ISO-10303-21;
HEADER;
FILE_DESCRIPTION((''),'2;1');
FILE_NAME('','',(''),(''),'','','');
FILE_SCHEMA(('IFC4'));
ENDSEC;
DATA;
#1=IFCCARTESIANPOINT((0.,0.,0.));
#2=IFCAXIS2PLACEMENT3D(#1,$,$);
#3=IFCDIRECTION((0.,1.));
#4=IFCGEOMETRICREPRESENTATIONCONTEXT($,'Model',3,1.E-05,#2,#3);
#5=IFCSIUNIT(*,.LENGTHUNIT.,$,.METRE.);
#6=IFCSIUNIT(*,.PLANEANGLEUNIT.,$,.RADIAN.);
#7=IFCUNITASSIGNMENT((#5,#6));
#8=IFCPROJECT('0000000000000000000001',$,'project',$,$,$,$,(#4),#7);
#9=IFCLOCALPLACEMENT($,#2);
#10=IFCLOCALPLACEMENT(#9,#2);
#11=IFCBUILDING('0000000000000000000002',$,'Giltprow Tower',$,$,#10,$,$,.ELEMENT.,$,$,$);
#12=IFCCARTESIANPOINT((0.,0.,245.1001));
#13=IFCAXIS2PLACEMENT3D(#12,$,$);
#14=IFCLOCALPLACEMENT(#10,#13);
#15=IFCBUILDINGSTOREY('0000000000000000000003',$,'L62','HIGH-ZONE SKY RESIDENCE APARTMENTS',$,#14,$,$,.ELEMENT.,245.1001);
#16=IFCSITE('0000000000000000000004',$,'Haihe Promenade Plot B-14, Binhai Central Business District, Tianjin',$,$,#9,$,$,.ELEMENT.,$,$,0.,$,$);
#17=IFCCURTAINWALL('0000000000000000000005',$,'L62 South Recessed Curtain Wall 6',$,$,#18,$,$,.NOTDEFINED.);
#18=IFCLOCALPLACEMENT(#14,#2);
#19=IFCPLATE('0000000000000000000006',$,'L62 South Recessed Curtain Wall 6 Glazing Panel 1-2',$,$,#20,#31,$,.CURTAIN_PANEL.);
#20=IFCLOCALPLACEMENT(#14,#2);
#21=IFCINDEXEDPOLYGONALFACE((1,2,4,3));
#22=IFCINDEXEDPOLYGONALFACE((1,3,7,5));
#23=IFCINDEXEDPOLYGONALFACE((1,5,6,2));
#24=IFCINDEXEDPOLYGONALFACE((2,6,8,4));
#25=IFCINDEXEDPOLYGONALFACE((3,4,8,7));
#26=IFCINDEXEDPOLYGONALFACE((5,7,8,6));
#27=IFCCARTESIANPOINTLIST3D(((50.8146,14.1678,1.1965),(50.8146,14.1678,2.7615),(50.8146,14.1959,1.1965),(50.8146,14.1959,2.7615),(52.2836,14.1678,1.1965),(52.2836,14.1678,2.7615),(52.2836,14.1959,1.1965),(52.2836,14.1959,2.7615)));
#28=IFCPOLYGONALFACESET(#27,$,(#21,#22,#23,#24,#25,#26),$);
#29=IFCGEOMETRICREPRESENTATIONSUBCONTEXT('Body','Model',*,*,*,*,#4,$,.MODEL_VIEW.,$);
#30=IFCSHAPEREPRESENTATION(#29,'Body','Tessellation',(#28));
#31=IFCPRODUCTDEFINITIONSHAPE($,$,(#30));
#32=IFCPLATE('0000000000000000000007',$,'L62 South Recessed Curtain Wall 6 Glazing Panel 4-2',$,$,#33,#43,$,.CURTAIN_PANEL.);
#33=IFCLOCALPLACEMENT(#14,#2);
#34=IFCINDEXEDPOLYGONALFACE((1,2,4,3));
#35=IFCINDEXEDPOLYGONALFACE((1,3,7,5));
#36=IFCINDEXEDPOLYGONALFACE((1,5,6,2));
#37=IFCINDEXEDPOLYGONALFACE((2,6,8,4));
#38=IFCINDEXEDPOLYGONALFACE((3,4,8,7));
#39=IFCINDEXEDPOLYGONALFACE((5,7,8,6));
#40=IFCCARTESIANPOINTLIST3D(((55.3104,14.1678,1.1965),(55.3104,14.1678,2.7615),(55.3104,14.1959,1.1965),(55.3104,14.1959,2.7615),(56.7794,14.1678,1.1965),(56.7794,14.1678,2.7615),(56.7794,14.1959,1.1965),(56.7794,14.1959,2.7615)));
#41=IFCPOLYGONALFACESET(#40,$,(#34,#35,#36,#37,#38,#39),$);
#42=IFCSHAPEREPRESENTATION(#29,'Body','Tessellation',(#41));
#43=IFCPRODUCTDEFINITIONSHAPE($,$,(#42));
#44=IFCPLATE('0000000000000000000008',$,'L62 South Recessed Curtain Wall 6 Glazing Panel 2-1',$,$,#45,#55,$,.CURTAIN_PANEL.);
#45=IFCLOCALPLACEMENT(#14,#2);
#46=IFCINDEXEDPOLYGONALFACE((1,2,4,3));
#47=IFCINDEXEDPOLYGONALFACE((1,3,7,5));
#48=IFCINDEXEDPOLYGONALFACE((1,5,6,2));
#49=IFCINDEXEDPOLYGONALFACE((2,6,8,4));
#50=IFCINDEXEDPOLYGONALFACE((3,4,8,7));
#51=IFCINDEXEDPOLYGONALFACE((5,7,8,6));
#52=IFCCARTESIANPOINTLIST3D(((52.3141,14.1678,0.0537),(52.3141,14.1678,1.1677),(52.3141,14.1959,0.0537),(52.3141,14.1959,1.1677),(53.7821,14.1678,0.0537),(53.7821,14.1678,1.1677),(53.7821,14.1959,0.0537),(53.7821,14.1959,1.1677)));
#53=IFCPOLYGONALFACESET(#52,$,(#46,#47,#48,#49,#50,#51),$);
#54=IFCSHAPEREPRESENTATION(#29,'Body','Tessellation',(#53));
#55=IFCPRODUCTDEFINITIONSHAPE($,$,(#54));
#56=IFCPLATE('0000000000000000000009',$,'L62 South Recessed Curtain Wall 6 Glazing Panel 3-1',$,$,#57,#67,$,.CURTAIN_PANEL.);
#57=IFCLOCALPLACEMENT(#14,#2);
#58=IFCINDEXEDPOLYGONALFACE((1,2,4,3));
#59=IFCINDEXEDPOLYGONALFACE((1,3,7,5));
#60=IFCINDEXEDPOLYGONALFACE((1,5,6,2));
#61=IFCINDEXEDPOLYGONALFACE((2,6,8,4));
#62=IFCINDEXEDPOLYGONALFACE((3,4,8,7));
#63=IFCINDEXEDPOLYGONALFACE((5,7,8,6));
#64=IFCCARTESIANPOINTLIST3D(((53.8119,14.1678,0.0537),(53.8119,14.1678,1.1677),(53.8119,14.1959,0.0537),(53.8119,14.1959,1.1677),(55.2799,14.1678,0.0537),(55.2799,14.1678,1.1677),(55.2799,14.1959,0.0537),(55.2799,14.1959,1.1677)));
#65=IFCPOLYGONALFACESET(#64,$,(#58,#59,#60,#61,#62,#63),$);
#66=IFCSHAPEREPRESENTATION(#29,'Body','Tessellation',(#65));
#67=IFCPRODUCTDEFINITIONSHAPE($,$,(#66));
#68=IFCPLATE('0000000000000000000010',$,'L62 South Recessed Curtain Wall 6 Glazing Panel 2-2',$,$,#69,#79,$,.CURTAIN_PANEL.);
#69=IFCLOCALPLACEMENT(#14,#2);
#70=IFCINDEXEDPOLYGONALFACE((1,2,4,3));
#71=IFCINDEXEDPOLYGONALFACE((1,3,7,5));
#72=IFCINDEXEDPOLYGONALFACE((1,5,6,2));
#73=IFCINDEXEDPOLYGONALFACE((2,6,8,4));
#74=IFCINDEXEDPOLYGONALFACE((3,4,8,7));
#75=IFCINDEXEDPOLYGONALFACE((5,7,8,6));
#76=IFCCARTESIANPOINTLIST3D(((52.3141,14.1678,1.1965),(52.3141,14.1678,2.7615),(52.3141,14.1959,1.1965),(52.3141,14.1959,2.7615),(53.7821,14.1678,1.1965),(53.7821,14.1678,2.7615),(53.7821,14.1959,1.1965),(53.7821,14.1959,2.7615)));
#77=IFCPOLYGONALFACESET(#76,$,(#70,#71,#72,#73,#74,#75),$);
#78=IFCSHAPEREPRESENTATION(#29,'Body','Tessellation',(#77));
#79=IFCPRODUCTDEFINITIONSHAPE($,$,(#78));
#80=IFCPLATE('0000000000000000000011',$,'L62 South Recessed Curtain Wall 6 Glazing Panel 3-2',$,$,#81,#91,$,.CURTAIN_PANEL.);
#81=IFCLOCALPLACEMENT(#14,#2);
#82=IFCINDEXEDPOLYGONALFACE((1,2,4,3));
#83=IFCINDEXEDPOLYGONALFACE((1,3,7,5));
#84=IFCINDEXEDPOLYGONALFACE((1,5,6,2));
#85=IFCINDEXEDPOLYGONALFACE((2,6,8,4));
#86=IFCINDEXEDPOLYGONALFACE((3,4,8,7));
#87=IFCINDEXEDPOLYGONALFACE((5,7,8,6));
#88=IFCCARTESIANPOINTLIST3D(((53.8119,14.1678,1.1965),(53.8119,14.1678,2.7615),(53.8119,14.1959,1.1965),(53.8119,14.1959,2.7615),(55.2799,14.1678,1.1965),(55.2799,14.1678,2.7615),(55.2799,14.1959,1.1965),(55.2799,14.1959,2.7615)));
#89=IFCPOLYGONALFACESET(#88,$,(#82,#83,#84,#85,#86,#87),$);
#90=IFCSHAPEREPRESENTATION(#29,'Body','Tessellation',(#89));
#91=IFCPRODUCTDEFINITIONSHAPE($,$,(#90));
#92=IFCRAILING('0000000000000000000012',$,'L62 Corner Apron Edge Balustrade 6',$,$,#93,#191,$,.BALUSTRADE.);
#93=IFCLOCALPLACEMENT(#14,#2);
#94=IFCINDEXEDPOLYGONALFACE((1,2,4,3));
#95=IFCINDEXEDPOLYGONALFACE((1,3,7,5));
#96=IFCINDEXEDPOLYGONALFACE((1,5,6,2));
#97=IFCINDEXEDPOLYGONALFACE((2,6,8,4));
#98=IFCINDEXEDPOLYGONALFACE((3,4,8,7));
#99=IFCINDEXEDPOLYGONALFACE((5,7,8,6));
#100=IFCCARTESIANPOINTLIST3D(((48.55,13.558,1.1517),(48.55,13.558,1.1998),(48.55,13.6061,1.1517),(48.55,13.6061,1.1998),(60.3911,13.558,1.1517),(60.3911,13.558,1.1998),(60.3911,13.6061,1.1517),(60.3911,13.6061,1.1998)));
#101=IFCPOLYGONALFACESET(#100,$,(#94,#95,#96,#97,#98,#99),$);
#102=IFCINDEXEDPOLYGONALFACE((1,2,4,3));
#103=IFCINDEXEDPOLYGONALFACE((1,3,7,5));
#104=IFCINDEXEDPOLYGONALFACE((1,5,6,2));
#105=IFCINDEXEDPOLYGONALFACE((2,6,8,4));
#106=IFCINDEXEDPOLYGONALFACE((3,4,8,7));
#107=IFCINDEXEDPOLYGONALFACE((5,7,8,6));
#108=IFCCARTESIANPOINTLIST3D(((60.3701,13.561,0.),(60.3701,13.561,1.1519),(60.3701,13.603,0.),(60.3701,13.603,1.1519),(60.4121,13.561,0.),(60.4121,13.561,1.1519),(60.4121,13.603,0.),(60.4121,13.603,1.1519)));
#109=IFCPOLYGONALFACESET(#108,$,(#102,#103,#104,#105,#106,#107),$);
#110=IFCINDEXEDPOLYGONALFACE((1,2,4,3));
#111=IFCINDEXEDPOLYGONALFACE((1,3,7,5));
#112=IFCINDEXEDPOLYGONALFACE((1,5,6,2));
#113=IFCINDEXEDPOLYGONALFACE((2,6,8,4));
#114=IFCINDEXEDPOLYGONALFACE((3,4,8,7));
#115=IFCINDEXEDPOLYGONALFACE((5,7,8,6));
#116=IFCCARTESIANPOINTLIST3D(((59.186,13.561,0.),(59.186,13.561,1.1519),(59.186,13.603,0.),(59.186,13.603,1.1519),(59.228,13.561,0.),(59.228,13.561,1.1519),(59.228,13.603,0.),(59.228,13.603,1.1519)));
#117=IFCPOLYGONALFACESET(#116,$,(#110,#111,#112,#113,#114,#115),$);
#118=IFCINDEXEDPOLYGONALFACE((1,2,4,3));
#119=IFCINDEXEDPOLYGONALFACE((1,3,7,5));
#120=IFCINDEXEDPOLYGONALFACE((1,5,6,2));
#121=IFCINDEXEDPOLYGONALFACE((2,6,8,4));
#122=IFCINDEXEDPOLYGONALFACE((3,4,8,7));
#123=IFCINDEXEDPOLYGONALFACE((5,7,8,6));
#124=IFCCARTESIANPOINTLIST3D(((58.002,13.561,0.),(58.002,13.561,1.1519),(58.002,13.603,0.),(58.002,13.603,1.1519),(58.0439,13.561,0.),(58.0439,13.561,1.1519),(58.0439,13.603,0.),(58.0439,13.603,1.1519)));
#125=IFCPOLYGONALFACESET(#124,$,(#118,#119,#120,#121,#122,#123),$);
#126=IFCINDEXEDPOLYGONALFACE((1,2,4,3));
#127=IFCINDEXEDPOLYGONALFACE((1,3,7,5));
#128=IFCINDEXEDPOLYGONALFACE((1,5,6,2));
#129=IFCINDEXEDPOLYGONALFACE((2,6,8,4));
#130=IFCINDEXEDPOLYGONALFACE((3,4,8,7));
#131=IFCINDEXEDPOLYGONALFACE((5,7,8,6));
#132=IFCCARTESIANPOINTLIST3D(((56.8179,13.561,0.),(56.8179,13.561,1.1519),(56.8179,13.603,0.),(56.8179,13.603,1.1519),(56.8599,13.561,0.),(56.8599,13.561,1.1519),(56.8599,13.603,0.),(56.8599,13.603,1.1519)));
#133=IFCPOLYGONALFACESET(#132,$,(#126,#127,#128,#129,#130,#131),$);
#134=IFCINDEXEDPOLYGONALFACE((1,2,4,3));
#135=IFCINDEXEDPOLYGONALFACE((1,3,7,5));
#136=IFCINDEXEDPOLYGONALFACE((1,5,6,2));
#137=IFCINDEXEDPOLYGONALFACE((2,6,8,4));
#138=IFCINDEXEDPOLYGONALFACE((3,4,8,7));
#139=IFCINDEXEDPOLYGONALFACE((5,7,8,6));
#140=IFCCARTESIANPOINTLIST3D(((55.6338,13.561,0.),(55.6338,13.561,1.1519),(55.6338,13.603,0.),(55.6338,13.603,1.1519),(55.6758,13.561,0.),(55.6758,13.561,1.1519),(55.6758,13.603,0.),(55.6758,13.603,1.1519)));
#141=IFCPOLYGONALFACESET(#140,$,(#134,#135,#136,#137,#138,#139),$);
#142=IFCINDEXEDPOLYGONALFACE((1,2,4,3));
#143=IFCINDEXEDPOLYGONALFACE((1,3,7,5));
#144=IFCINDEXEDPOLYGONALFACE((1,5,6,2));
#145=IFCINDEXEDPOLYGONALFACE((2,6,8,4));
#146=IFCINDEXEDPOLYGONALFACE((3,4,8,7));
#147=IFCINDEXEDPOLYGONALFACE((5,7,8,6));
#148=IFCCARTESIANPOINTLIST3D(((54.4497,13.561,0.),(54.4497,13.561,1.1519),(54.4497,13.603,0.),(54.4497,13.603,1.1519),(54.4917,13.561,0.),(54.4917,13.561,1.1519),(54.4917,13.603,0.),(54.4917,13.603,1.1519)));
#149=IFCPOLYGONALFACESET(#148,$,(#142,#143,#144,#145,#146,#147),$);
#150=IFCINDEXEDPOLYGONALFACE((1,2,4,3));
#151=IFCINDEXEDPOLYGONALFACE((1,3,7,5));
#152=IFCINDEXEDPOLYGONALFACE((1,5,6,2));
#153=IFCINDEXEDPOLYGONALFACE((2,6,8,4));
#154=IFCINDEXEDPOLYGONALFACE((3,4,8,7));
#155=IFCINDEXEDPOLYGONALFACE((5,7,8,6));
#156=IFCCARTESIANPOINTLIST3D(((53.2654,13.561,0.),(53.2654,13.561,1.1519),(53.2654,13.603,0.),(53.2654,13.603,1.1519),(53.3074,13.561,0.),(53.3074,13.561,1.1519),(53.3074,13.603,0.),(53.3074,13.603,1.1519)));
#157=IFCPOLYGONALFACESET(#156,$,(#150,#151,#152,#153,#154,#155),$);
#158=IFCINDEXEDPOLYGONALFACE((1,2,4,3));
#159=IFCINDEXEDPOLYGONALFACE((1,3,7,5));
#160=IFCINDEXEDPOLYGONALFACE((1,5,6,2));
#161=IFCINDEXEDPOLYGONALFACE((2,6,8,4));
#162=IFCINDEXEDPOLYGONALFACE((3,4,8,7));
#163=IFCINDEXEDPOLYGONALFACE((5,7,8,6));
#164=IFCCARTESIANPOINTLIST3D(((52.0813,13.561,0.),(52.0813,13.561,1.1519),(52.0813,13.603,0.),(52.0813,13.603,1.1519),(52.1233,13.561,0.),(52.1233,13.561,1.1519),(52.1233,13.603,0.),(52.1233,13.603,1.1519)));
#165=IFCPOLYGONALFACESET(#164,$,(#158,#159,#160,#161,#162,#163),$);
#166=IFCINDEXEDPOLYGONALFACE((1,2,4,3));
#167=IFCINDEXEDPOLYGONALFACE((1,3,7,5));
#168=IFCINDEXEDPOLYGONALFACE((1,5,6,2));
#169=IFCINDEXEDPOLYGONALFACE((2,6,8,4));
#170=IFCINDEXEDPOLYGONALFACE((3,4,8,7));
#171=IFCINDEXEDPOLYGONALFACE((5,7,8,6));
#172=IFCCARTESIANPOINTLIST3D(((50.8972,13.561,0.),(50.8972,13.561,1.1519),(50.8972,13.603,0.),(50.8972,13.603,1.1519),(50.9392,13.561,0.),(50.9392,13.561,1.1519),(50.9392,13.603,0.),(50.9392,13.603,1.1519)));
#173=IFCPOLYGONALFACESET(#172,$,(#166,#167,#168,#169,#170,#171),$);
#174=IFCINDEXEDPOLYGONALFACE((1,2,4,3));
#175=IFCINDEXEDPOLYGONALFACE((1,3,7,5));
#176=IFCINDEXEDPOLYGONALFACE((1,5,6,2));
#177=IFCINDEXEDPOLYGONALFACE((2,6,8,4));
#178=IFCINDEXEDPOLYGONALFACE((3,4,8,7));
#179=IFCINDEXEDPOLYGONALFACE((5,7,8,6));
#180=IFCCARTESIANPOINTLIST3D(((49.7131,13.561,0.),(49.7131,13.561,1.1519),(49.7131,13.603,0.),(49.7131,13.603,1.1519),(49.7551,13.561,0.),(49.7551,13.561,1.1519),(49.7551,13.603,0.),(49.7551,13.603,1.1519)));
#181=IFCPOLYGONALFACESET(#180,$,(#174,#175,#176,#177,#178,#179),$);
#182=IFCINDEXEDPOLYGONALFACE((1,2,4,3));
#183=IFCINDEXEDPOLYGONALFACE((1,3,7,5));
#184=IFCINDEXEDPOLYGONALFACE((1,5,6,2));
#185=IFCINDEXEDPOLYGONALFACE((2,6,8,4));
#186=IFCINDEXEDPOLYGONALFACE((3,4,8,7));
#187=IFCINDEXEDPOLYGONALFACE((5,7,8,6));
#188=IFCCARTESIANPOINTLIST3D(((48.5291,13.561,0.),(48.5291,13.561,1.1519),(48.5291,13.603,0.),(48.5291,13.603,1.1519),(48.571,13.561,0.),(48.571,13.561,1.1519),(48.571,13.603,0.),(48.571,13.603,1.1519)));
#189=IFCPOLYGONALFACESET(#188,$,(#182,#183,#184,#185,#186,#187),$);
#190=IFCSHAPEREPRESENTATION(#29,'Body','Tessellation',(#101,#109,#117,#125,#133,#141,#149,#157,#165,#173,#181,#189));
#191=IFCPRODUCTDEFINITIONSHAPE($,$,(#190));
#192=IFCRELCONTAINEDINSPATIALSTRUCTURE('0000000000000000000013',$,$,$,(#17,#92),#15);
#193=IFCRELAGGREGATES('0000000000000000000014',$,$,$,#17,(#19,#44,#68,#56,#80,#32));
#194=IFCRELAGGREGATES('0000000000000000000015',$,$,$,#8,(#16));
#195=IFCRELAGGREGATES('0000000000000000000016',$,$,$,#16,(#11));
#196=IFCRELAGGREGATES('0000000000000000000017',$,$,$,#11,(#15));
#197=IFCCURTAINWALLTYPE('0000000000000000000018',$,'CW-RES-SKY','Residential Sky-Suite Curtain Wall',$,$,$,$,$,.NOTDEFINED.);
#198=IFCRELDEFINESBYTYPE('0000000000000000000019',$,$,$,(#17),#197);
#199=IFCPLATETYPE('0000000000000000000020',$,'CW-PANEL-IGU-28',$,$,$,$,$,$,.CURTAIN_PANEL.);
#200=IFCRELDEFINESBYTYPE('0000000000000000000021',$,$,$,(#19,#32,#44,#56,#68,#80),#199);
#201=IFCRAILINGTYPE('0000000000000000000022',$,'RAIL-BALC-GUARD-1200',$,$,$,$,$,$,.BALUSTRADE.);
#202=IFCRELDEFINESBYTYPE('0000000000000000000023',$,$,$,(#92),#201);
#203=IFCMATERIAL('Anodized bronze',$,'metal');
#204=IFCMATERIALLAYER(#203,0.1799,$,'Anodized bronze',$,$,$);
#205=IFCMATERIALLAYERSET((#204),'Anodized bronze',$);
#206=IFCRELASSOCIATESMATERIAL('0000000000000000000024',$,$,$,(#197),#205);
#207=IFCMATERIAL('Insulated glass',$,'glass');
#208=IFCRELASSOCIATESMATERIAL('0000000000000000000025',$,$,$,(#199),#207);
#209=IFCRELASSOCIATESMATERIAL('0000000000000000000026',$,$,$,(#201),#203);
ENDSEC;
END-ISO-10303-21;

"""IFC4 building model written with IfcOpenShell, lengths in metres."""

from ifc_helpers import new_model, si_unit, direction, frame, origin, origin_2d, place, context, subcontext, project, spatial, rectangle, extrude, source, transform, mapped, material, layer, layer_set, type_object, element, aggregate, save


model = new_model("IFC4")

# Units and contexts
model_context = context("Model", 3, precision=1e-05, world=origin(), true_north=direction((0.0, 1.0)))
body_context = subcontext(model_context, "Body", "Model", "MODEL_VIEW")
ifc_project = project(units=[si_unit("LENGTHUNIT", "METRE"), si_unit("PLANEANGLEUNIT", "RADIAN")], contexts=[model_context])

# Site, building, storey
site_placement = place(None, origin())
site = spatial("IfcSite", under=ifc_project, at=site_placement, Name="Haihe Promenade Plot B-14, Binhai Central Business District, Tianjin", CompositionType="ELEMENT", RefElevation=0.0)
building_placement = place(site_placement, origin())
building = spatial("IfcBuilding", under=site, at=building_placement, Name="Giltprow Tower", CompositionType="ELEMENT")
storey_placement = place(building_placement, frame((0.0, 0.0, 245.1001)))
storey = spatial("IfcBuildingStorey", under=building, at=storey_placement, Name="L62", Description="HIGH-ZONE SKY RESIDENCE APARTMENTS", CompositionType="ELEMENT", Elevation=245.1001)

# Curtain wall, plates
ifc_material_1 = material(Name="Anodized bronze", Category="metal")
ifc_layer = layer(ifc_material_1, 0.1799, Name="Anodized bronze")
ifc_layer_set = layer_set([ifc_layer], Name="Anodized bronze")
curtain_wall_type = type_object("IfcCurtainWallType", Name="CW-RES-SKY", Description="Residential Sky-Suite Curtain Wall", PredefinedType="NOTDEFINED", material=ifc_layer_set)
curtain_wall_placement = place(storey_placement, origin())
curtain_wall = element("IfcCurtainWall", 1, at=curtain_wall_placement, inside=storey, type_object=curtain_wall_type, Name="L62 South Recessed Curtain Wall 6", PredefinedType="NOTDEFINED")
ifc_material_2 = material(Name="Insulated glass", Category="glass")
plate_type = type_object("IfcPlateType", Name="CW-PANEL-IGU-28", PredefinedType="CURTAIN_PANEL", material=ifc_material_2)
shared_shape_1 = source(origin(), body_context, "Body", "SweptSolid", [
    extrude(rectangle(XDim=1.469, YDim=0.0281, at=origin_2d()), origin(), (0.0, 0.0, 1.0), 1.5649),
])
plate_1_placement = place(storey_placement, frame((51.5491, 14.1819, 1.1965), z_axis=(0.0, 0.0, 1.0), x_axis=(1.0, 0.0, 0.0)))
plate_1 = element("IfcPlate", 2, at=plate_1_placement, type_object=plate_type, Name="L62 South Recessed Curtain Wall 6 Glazing Panel 1-2", PredefinedType="CURTAIN_PANEL", context=body_context, shape_type="MappedRepresentation", body=[
    mapped(shared_shape_1, transform((0.0, 0.0, 0.0), x_axis=(1.0, 0.0, 0.0), y_axis=(0.0, 1.0, 0.0), z_axis=(0.0, 0.0, 1.0), scale=1.0)),
])
plate_2_placement = place(storey_placement, frame((56.0449, 14.1819, 1.1965), z_axis=(0.0, 0.0, 1.0), x_axis=(1.0, 0.0, 0.0)))
plate_2 = element("IfcPlate", 3, at=plate_2_placement, type_object=plate_type, Name="L62 South Recessed Curtain Wall 6 Glazing Panel 4-2", PredefinedType="CURTAIN_PANEL", context=body_context, shape_type="MappedRepresentation", body=[
    mapped(shared_shape_1, transform((0.0, 0.0, 0.0), x_axis=(1.0, 0.0, 0.0), y_axis=(0.0, 1.0, 0.0), z_axis=(0.0, 0.0, 1.0), scale=1.0)),
])
shared_shape_2 = source(origin(), body_context, "Body", "SweptSolid", [
    extrude(rectangle(XDim=1.468, YDim=0.0281, at=origin_2d()), origin(), (0.0, 0.0, 1.0), 1.114),
])
plate_3_placement = place(storey_placement, frame((53.0481, 14.1819, 0.0537), z_axis=(0.0, 0.0, 1.0), x_axis=(1.0, 0.0, 0.0)))
plate_3 = element("IfcPlate", 4, at=plate_3_placement, type_object=plate_type, Name="L62 South Recessed Curtain Wall 6 Glazing Panel 2-1", PredefinedType="CURTAIN_PANEL", context=body_context, shape_type="MappedRepresentation", body=[
    mapped(shared_shape_2, transform((0.0, 0.0, 0.0), x_axis=(1.0, 0.0, 0.0), y_axis=(0.0, 1.0, 0.0), z_axis=(0.0, 0.0, 1.0), scale=1.0)),
])
plate_4_placement = place(storey_placement, frame((54.5459, 14.1819, 0.0537), z_axis=(0.0, 0.0, 1.0), x_axis=(1.0, 0.0, 0.0)))
plate_4 = element("IfcPlate", 5, at=plate_4_placement, type_object=plate_type, Name="L62 South Recessed Curtain Wall 6 Glazing Panel 3-1", PredefinedType="CURTAIN_PANEL", context=body_context, shape_type="MappedRepresentation", body=[
    mapped(shared_shape_2, transform((0.0, 0.0, 0.0), x_axis=(1.0, 0.0, 0.0), y_axis=(0.0, 1.0, 0.0), z_axis=(0.0, 0.0, 1.0), scale=1.0)),
])
shared_shape_3 = source(origin(), body_context, "Body", "SweptSolid", [
    extrude(rectangle(XDim=1.468, YDim=0.0281, at=origin_2d()), origin(), (0.0, 0.0, 1.0), 1.5649),
])
plate_5_placement = place(storey_placement, frame((53.0481, 14.1819, 1.1965), z_axis=(0.0, 0.0, 1.0), x_axis=(1.0, 0.0, 0.0)))
plate_5 = element("IfcPlate", 6, at=plate_5_placement, type_object=plate_type, Name="L62 South Recessed Curtain Wall 6 Glazing Panel 2-2", PredefinedType="CURTAIN_PANEL", context=body_context, shape_type="MappedRepresentation", body=[
    mapped(shared_shape_3, transform((0.0, 0.0, 0.0), x_axis=(1.0, 0.0, 0.0), y_axis=(0.0, 1.0, 0.0), z_axis=(0.0, 0.0, 1.0), scale=1.0)),
])
plate_6_placement = place(storey_placement, frame((54.5459, 14.1819, 1.1965), z_axis=(0.0, 0.0, 1.0), x_axis=(1.0, 0.0, 0.0)))
plate_6 = element("IfcPlate", 7, at=plate_6_placement, type_object=plate_type, Name="L62 South Recessed Curtain Wall 6 Glazing Panel 3-2", PredefinedType="CURTAIN_PANEL", context=body_context, shape_type="MappedRepresentation", body=[
    mapped(shared_shape_3, transform((0.0, 0.0, 0.0), x_axis=(1.0, 0.0, 0.0), y_axis=(0.0, 1.0, 0.0), z_axis=(0.0, 0.0, 1.0), scale=1.0)),
])
aggregate(curtain_wall, [plate_1, plate_3, plate_5, plate_4, plate_6, plate_2])

# Railing
railing_type = type_object("IfcRailingType", Name="RAIL-BALC-GUARD-1200", PredefinedType="BALUSTRADE", material=ifc_material_1)
railing_placement = place(storey_placement, frame((60.3911, 13.582, 0.0)))
element("IfcRailing", 8, at=railing_placement, inside=storey, type_object=railing_type, Name="L62 Corner Apron Edge Balustrade 6", PredefinedType="BALUSTRADE", context=body_context, shape_type="SweptSolid", body=[
    extrude(rectangle(XDim=0.0481, YDim=0.0481, at=origin_2d()), frame((0.0, 0.0, 1.1758), z_axis=(-1.0, 0.0, 0.0), x_axis=(0.0, -1.0, 0.0)), (0.0, 0.0, 1.0), 11.8411),
    extrude(rectangle(XDim=0.042, YDim=0.042, at=origin_2d()), origin(), (0.0, 0.0, 1.0), 1.1519),
    extrude(rectangle(XDim=0.042, YDim=0.042, at=origin_2d()), frame((-1.1841, 0.0, 0.0)), (0.0, 0.0, 1.0), 1.1519),
    extrude(rectangle(XDim=0.042, YDim=0.042, at=origin_2d()), frame((-2.3682, 0.0, 0.0)), (0.0, 0.0, 1.0), 1.1519),
    extrude(rectangle(XDim=0.042, YDim=0.042, at=origin_2d()), frame((-3.5522, 0.0, 0.0)), (0.0, 0.0, 1.0), 1.1519),
    extrude(rectangle(XDim=0.042, YDim=0.042, at=origin_2d()), frame((-4.7363, 0.0, 0.0)), (0.0, 0.0, 1.0), 1.1519),
    extrude(rectangle(XDim=0.042, YDim=0.042, at=origin_2d()), frame((-5.9204, 0.0, 0.0)), (0.0, 0.0, 1.0), 1.1519),
    extrude(rectangle(XDim=0.042, YDim=0.042, at=origin_2d()), frame((-7.1047, 0.0, 0.0)), (0.0, 0.0, 1.0), 1.1519),
    extrude(rectangle(XDim=0.042, YDim=0.042, at=origin_2d()), frame((-8.2888, 0.0, 0.0)), (0.0, 0.0, 1.0), 1.1519),
    extrude(rectangle(XDim=0.042, YDim=0.042, at=origin_2d()), frame((-9.4729, 0.0, 0.0)), (0.0, 0.0, 1.0), 1.1519),
    extrude(rectangle(XDim=0.042, YDim=0.042, at=origin_2d()), frame((-10.657, 0.0, 0.0)), (0.0, 0.0, 1.0), 1.1519),
    extrude(rectangle(XDim=0.042, YDim=0.042, at=origin_2d()), frame((-11.8411, 0.0, 0.0)), (0.0, 0.0, 1.0), 1.1519),
])

save(model, "model.ifc")
